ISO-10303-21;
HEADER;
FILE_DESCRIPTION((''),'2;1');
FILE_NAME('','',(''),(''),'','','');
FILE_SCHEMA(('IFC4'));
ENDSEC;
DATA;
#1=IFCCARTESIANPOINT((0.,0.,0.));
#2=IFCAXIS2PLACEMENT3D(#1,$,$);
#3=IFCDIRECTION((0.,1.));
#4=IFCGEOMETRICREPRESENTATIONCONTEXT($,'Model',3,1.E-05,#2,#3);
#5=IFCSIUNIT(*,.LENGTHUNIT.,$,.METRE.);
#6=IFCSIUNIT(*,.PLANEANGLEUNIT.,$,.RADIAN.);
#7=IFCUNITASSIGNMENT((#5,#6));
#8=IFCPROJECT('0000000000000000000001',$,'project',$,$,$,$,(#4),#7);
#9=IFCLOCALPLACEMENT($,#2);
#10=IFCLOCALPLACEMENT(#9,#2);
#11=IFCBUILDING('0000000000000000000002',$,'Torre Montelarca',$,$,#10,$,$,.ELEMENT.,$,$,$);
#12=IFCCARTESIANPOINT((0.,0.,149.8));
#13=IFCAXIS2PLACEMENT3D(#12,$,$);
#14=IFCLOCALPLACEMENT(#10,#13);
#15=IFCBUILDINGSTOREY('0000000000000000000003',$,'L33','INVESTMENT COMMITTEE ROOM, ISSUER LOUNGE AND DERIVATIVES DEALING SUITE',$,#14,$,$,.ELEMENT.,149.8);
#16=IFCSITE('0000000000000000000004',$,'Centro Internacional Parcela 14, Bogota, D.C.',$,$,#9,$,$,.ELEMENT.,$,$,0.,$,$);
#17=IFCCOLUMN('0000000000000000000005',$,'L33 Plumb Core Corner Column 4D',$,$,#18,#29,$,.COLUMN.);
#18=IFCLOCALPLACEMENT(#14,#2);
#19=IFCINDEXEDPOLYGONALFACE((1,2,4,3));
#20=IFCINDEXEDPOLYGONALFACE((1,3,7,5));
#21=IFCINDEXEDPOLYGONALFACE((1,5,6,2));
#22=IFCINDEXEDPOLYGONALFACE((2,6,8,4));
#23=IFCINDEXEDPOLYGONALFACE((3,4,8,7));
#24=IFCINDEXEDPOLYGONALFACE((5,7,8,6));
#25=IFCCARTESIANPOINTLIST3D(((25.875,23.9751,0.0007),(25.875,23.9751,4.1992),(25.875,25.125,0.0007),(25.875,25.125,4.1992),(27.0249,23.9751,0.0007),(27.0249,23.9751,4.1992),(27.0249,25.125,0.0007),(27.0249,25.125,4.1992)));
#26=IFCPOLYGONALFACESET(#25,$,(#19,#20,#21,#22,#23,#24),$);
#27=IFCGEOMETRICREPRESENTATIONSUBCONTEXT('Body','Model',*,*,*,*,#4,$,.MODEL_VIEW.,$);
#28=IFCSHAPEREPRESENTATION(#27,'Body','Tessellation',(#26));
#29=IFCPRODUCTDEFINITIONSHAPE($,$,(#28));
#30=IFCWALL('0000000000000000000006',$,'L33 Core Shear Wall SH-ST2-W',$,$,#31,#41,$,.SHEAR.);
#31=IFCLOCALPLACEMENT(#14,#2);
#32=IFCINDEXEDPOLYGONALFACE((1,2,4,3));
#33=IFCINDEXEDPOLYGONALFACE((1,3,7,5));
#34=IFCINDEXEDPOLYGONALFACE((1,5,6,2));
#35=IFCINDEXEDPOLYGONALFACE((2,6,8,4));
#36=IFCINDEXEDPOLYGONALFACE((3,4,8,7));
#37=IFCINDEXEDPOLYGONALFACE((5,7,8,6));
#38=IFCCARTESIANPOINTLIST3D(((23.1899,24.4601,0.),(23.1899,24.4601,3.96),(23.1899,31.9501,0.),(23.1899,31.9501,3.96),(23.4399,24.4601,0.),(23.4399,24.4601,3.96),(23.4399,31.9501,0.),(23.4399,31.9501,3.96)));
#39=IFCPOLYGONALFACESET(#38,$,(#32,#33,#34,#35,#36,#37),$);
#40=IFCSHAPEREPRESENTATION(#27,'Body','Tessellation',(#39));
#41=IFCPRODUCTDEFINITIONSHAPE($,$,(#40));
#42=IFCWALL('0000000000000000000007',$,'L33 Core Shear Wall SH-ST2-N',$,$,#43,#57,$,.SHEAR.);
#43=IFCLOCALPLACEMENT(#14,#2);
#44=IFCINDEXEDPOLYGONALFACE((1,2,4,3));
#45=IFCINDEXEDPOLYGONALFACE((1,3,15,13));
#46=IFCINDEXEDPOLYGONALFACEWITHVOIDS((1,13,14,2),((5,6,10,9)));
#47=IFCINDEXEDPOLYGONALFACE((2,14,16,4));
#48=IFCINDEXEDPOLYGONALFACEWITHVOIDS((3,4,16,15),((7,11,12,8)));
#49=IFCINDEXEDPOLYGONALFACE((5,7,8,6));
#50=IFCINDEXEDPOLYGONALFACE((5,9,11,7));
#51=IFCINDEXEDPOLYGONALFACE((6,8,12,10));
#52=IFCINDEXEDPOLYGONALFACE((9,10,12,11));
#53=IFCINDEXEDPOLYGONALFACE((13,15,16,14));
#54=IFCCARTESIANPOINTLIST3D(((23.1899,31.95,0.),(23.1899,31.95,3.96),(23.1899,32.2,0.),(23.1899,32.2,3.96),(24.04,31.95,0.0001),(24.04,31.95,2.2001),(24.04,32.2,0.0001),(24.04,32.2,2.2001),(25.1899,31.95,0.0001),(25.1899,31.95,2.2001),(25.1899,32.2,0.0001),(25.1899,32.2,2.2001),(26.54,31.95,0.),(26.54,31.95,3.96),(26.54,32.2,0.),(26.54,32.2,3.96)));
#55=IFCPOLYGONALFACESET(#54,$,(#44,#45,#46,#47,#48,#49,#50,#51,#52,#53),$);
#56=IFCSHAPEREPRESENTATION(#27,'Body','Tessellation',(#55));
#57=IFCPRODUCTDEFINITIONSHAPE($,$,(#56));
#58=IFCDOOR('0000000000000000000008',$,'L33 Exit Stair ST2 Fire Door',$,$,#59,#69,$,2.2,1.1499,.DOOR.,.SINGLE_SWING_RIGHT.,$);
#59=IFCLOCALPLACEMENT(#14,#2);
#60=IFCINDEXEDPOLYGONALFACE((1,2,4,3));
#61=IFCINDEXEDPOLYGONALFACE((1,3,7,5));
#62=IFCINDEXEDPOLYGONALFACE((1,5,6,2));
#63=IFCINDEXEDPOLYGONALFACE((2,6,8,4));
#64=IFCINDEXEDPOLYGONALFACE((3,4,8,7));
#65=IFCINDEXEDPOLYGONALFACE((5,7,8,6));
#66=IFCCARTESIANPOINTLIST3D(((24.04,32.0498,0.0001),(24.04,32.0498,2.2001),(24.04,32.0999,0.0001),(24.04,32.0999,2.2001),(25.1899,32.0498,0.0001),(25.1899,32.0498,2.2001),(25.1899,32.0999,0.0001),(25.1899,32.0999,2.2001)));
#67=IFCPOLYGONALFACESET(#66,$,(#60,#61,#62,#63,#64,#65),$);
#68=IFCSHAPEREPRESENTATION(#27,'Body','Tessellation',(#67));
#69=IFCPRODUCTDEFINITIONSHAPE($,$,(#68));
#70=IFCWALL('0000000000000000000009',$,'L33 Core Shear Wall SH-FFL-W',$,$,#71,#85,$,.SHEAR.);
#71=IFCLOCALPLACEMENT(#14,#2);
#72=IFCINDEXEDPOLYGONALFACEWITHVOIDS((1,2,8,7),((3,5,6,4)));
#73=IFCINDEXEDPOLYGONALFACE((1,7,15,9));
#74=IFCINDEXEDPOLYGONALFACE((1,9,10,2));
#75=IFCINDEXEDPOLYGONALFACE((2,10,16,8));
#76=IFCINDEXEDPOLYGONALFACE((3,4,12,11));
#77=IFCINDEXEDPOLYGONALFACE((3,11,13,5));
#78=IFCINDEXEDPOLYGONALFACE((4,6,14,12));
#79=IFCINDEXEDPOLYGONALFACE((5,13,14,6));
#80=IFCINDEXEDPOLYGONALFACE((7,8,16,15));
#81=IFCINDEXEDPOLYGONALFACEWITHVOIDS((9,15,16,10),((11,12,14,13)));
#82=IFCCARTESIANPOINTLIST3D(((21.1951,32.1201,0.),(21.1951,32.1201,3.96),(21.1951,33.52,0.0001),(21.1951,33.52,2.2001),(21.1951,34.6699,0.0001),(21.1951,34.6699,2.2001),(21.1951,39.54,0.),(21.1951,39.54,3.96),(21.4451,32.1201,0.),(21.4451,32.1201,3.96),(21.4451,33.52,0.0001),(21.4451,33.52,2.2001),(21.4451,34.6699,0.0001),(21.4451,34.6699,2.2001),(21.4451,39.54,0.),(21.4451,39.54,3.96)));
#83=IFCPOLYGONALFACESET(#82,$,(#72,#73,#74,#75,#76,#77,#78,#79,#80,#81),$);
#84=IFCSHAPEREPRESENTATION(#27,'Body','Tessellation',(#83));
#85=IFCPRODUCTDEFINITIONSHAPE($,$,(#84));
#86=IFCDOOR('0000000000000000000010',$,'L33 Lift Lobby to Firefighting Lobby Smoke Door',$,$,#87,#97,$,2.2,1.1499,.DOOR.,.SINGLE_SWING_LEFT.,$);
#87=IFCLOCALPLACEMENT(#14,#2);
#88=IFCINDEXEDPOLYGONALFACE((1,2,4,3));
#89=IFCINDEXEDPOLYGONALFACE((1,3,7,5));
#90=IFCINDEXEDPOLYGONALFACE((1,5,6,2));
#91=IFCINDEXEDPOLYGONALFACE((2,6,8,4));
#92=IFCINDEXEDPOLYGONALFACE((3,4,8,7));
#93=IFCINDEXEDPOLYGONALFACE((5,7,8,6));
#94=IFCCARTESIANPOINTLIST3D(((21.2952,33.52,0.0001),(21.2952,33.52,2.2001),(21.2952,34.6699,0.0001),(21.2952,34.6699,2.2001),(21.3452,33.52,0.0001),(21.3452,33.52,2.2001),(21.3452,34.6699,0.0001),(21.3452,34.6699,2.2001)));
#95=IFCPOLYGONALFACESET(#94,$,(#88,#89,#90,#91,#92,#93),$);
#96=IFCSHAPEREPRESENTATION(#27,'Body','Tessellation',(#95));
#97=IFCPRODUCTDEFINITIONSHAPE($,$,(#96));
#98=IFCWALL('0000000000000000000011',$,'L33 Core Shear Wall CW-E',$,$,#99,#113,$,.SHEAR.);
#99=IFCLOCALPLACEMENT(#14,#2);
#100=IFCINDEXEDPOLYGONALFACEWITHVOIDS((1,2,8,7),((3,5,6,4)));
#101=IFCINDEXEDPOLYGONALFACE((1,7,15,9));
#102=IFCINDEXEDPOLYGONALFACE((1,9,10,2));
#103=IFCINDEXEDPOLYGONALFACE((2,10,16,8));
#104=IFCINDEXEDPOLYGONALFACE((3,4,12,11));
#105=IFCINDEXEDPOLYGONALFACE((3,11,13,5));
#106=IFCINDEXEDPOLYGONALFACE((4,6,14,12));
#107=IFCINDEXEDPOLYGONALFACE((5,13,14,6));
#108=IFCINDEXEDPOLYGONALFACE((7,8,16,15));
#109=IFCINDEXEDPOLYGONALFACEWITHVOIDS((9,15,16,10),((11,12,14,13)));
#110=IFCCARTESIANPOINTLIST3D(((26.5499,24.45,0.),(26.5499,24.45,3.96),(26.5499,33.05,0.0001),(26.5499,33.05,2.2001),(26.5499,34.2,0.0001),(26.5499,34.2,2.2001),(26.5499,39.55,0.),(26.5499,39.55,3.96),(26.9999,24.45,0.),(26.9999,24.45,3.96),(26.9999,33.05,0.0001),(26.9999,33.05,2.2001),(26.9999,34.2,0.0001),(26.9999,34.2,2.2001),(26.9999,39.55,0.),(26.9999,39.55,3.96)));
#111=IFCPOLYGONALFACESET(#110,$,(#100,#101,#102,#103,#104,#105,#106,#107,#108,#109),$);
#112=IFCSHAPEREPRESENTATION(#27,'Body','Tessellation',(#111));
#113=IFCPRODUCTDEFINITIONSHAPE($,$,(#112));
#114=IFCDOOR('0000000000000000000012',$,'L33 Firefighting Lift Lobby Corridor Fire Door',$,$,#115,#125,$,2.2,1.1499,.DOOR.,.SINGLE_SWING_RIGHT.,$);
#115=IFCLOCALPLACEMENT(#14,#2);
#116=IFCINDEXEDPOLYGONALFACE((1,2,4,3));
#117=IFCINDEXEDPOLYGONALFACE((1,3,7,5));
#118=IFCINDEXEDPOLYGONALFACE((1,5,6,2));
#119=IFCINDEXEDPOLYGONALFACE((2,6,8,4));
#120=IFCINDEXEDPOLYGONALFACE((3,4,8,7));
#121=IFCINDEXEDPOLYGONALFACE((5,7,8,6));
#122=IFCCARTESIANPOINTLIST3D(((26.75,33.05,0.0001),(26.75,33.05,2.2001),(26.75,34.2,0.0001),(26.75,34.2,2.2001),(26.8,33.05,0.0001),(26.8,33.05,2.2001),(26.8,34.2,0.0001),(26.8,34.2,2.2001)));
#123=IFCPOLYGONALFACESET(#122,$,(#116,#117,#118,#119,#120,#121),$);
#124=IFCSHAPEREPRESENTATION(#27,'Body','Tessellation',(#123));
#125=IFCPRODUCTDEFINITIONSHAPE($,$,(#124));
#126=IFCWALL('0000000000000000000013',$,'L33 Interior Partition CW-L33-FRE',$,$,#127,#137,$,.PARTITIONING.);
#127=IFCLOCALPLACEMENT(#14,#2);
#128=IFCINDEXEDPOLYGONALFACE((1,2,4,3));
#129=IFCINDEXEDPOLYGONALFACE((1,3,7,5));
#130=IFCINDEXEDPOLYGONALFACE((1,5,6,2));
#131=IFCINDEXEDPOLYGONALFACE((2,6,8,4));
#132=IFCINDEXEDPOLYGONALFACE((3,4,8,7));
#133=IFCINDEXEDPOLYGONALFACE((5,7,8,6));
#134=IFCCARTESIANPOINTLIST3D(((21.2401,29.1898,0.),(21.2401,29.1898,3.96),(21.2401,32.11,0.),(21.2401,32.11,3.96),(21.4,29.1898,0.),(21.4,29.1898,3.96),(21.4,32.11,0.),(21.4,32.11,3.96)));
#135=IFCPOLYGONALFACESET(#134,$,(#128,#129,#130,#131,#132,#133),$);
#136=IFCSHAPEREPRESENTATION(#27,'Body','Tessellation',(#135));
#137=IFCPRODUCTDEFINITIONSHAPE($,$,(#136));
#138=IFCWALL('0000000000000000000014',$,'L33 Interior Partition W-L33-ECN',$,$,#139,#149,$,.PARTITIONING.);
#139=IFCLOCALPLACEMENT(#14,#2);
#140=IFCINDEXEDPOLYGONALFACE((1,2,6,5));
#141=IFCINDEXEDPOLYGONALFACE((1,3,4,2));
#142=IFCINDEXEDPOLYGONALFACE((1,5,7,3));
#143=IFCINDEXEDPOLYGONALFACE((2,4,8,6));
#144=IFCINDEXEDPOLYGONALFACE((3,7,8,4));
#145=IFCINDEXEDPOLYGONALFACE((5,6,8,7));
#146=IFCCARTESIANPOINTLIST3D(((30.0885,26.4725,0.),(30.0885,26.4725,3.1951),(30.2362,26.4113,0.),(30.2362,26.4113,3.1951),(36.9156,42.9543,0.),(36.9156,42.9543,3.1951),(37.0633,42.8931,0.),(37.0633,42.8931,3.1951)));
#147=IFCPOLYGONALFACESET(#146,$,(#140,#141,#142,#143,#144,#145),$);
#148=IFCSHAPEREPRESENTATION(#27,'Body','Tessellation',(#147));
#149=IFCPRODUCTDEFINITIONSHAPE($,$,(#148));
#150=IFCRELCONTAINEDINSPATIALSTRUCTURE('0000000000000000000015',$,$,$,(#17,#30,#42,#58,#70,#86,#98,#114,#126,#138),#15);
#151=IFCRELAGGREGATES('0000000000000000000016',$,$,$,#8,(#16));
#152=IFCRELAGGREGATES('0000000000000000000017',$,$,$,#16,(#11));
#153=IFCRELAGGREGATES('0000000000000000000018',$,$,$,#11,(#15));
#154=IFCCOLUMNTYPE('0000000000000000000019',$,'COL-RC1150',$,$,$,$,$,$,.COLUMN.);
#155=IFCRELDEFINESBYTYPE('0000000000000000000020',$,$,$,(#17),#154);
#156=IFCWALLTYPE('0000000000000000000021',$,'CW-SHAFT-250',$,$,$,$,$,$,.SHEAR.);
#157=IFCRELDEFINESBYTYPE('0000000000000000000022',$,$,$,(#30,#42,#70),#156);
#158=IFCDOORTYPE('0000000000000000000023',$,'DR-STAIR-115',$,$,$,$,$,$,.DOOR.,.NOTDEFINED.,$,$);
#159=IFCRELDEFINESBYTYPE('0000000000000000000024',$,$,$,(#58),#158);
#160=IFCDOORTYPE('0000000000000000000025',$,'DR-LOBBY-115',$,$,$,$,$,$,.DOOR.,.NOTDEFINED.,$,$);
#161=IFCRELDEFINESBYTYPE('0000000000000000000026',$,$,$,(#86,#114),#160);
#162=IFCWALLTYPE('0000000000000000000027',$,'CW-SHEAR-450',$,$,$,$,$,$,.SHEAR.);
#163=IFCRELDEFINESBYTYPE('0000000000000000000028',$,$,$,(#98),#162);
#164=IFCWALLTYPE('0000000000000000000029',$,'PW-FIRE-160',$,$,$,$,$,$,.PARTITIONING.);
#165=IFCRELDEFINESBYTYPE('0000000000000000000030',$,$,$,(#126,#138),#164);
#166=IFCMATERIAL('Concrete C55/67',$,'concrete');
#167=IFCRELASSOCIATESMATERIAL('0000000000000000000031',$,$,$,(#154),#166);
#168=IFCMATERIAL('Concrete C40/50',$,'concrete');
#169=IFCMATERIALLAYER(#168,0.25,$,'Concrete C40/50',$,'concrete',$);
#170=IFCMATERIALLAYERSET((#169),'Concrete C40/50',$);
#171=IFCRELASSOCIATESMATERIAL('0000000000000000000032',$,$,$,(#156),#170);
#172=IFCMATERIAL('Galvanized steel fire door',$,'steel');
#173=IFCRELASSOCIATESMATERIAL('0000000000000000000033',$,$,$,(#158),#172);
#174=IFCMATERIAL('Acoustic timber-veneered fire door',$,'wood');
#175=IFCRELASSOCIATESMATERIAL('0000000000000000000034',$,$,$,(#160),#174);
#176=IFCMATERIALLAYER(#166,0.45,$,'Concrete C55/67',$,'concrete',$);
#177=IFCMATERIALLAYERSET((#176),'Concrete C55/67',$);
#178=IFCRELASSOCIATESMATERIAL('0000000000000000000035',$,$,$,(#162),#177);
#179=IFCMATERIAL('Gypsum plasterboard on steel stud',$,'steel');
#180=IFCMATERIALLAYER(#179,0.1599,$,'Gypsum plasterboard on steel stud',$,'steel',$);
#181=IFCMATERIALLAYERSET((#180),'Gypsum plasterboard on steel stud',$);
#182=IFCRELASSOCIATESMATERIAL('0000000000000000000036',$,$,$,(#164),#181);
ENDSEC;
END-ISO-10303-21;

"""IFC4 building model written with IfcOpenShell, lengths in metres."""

from ifc_helpers import new_model, si_unit, direction, frame, frame_2d, origin, origin_2d, place, context, subcontext, project, spatial, rectangle, extrude, source, transform, mapped, material, layer, layer_set, material_profile, profile_set, type_object, element, fill, save


model = new_model("IFC4")

# Units and contexts
model_context = context("Model", 3, precision=1e-05, world=origin(), true_north=direction((0.0, 1.0)))
body_context = subcontext(model_context, "Body", "Model", "MODEL_VIEW")
ifc_project = project(units=[si_unit("LENGTHUNIT", "METRE"), si_unit("PLANEANGLEUNIT", "RADIAN")], contexts=[model_context])

# Site, building, storey
site_placement = place(None, origin())
site = spatial("IfcSite", under=ifc_project, at=site_placement, Name="Centro Internacional Parcela 14, Bogota, D.C.", CompositionType="ELEMENT", RefElevation=0.0)
building_placement = place(site_placement, origin())
building = spatial("IfcBuilding", under=site, at=building_placement, Name="Torre Montelarca", CompositionType="ELEMENT")
storey_placement = place(building_placement, frame((0.0, 0.0, 149.8)))
storey = spatial("IfcBuildingStorey", under=building, at=storey_placement, Name="L33", Description="INVESTMENT COMMITTEE ROOM, ISSUER LOUNGE AND DERIVATIVES DEALING SUITE", CompositionType="ELEMENT", Elevation=149.8)

# Column
ifc_material_1 = material(Name="Concrete C55/67", Category="concrete")
ifc_material_profile = material_profile(ifc_material_1, rectangle(XDim=1.1499, YDim=1.1499, at=origin_2d()), Name="RC1150X1150", Category="concrete")
ifc_profile_set = profile_set([ifc_material_profile], Name="Concrete C55/67")
column_type = type_object("IfcColumnType", Name="COL-RC1150", PredefinedType="COLUMN", material=ifc_profile_set)
shared_shape_1 = source(origin(), body_context, "Body", "SweptSolid", [
    extrude(rectangle(XDim=1.1499, YDim=1.1499, at=origin_2d()), origin(), (0.0, 0.0, 1.0), 4.1985),
])
column_placement = place(storey_placement, frame((26.45, 24.55, 0.0007), z_axis=(0.0, 0.0, 1.0), x_axis=(1.0, 0.0, 0.0)))
element("IfcColumn", 1, at=column_placement, inside=storey, type_object=column_type, Name="L33 Plumb Core Corner Column 4D", PredefinedType="COLUMN", context=body_context, shape_type="MappedRepresentation", body=[
    mapped(shared_shape_1, transform((0.0, 0.0, 0.0), scale=1.0)),
])

# Wall
ifc_material_2 = material(Name="Concrete C40/50", Category="concrete")
ifc_layer_1 = layer(ifc_material_2, 0.25, Name="Concrete C40/50", Category="concrete")
ifc_layer_set_1 = layer_set([ifc_layer_1], Name="Concrete C40/50")
wall_type_1 = type_object("IfcWallType", Name="CW-SHAFT-250", PredefinedType="SHEAR", material=ifc_layer_set_1)
wall_1_placement = place(storey_placement, frame((23.3149, 24.46, 0.0), z_axis=(0.0, 0.0, 1.0), x_axis=(0.0, 1.0, 0.0)))
element("IfcWall", 2, at=wall_1_placement, inside=storey, type_object=wall_type_1, Name="L33 Core Shear Wall SH-ST2-W", PredefinedType="SHEAR", context=body_context, shape_type="SweptSolid", body=[
    extrude(rectangle(XDim=7.49, YDim=0.25, at=frame_2d((3.7451, 0.0))), origin(), (0.0, 0.0, 1.0), 3.96),
])

# Walls, openings, doors
wall_2_placement = place(storey_placement, frame((23.1899, 32.075, 0.0), z_axis=(0.0, 0.0, 1.0), x_axis=(1.0, 0.0, 0.0)))
wall_2 = element("IfcWall", 3, at=wall_2_placement, inside=storey, type_object=wall_type_1, Name="L33 Core Shear Wall SH-ST2-N", PredefinedType="SHEAR", context=body_context, shape_type="SweptSolid", body=[
    extrude(rectangle(XDim=3.3501, YDim=0.25, at=frame_2d((1.675, 0.0))), origin(), (0.0, 0.0, 1.0), 3.96),
])
opening_1_placement = place(wall_2_placement, frame((0.8501, 0.0, 0.0)))
opening_1 = element("IfcOpeningElement", 4, at=opening_1_placement, cuts=wall_2, PredefinedType="OPENING", context=body_context, shape_type="SweptSolid", body=[
    extrude(rectangle(XDim=1.1499, YDim=2.2, at=frame_2d((0.575, 1.1001))), frame((0.0, 0.135, 0.0), z_axis=(0.0, -1.0, 0.0), x_axis=(1.0, 0.0, 0.0)), (0.0, 0.0, 1.0), 0.27),
])
ifc_material_3 = material(Name="Galvanized steel fire door", Category="steel")
door_type_1 = type_object("IfcDoorType", Name="DR-STAIR-115", OperationType="NOTDEFINED", PredefinedType="DOOR", material=ifc_material_3)
shared_shape_2 = source(origin(), body_context, "Body", "SweptSolid", [
    extrude(rectangle(XDim=1.1499, YDim=2.2, at=frame_2d((0.575, 1.1001))), frame((0.0, 0.0249, 0.0), z_axis=(0.0, -1.0, 0.0), x_axis=(1.0, 0.0, 0.0)), (0.0, 0.0, 1.0), 0.05),
])
door_1_placement = place(opening_1_placement, origin())
door_1 = element("IfcDoor", 5, at=door_1_placement, inside=storey, type_object=door_type_1, Name="L33 Exit Stair ST2 Fire Door", OperationType="SINGLE_SWING_RIGHT", OverallHeight=2.2, OverallWidth=1.1499, PredefinedType="DOOR", context=body_context, shape_type="MappedRepresentation", body=[
    mapped(shared_shape_2, transform((0.0, 0.0, 0.0), scale=1.0)),
])
fill(opening_1, door_1)
wall_3_placement = place(storey_placement, frame((21.3201, 32.1201, 0.0), z_axis=(0.0, 0.0, 1.0), x_axis=(0.0, 1.0, 0.0)))
wall_3 = element("IfcWall", 6, at=wall_3_placement, inside=storey, type_object=wall_type_1, Name="L33 Core Shear Wall SH-FFL-W", PredefinedType="SHEAR", context=body_context, shape_type="SweptSolid", body=[
    extrude(rectangle(XDim=7.4199, YDim=0.25, at=frame_2d((3.71, 0.0))), origin(), (0.0, 0.0, 1.0), 3.96),
])
opening_2_placement = place(wall_3_placement, frame((1.3999, 0.0, 0.0)))
opening_2 = element("IfcOpeningElement", 7, at=opening_2_placement, cuts=wall_3, PredefinedType="OPENING", context=body_context, shape_type="SweptSolid", body=[
    extrude(rectangle(XDim=1.1499, YDim=2.2, at=frame_2d((0.575, 1.1001))), frame((0.0, 0.135, 0.0), z_axis=(0.0, -1.0, 0.0), x_axis=(1.0, 0.0, 0.0)), (0.0, 0.0, 1.0), 0.27),
])
ifc_material_4 = material(Name="Acoustic timber-veneered fire door", Category="wood")
door_type_2 = type_object("IfcDoorType", Name="DR-LOBBY-115", OperationType="NOTDEFINED", PredefinedType="DOOR", material=ifc_material_4)
shared_shape_3 = source(origin(), body_context, "Body", "SweptSolid", [
    extrude(rectangle(XDim=1.1499, YDim=2.2, at=frame_2d((0.575, 1.1001))), frame((0.0, 0.0249, 0.0), z_axis=(0.0, -1.0, 0.0), x_axis=(1.0, 0.0, 0.0)), (0.0, 0.0, 1.0), 0.05),
])
door_2_placement = place(opening_2_placement, origin())
door_2 = element("IfcDoor", 8, at=door_2_placement, inside=storey, type_object=door_type_2, Name="L33 Lift Lobby to Firefighting Lobby Smoke Door", OperationType="SINGLE_SWING_LEFT", OverallHeight=2.2, OverallWidth=1.1499, PredefinedType="DOOR", context=body_context, shape_type="MappedRepresentation", body=[
    mapped(shared_shape_3, transform((0.0, 0.0, 0.0), scale=1.0)),
])
fill(opening_2, door_2)
ifc_layer_2 = layer(ifc_material_1, 0.45, Name="Concrete C55/67", Category="concrete")
ifc_layer_set_2 = layer_set([ifc_layer_2], Name="Concrete C55/67")
wall_type_2 = type_object("IfcWallType", Name="CW-SHEAR-450", PredefinedType="SHEAR", material=ifc_layer_set_2)
wall_4_placement = place(storey_placement, frame((26.7749, 24.45, 0.0), z_axis=(0.0, 0.0, 1.0), x_axis=(0.0, 1.0, 0.0)))
wall_4 = element("IfcWall", 9, at=wall_4_placement, inside=storey, type_object=wall_type_2, Name="L33 Core Shear Wall CW-E", PredefinedType="SHEAR", context=body_context, shape_type="SweptSolid", body=[
    extrude(rectangle(XDim=15.1001, YDim=0.45, at=frame_2d((7.55, 0.0))), origin(), (0.0, 0.0, 1.0), 3.96),
])
opening_3_placement = place(wall_4_placement, frame((8.6001, 0.0, 0.0)))
opening_3 = element("IfcOpeningElement", 10, at=opening_3_placement, cuts=wall_4, PredefinedType="OPENING", context=body_context, shape_type="SweptSolid", body=[
    extrude(rectangle(XDim=1.1499, YDim=2.2, at=frame_2d((0.575, 1.1001))), frame((0.0, 0.2349, 0.0), z_axis=(0.0, -1.0, 0.0), x_axis=(1.0, 0.0, 0.0)), (0.0, 0.0, 1.0), 0.47),
])
door_3_placement = place(opening_3_placement, origin())
door_3 = element("IfcDoor", 11, at=door_3_placement, inside=storey, type_object=door_type_2, Name="L33 Firefighting Lift Lobby Corridor Fire Door", OperationType="SINGLE_SWING_RIGHT", OverallHeight=2.2, OverallWidth=1.1499, PredefinedType="DOOR", context=body_context, shape_type="MappedRepresentation", body=[
    mapped(shared_shape_3, transform((0.0, 0.0, 0.0), scale=1.0)),
])
fill(opening_3, door_3)

# Walls
ifc_material_5 = material(Name="Gypsum plasterboard on steel stud", Category="steel")
ifc_layer_3 = layer(ifc_material_5, 0.1599, Name="Gypsum plasterboard on steel stud", Category="steel")
ifc_layer_set_3 = layer_set([ifc_layer_3], Name="Gypsum plasterboard on steel stud")
wall_type_3 = type_object("IfcWallType", Name="PW-FIRE-160", PredefinedType="PARTITIONING", material=ifc_layer_set_3)
wall_5_placement = place(storey_placement, frame((21.3201, 29.1899, 0.0), z_axis=(0.0, 0.0, 1.0), x_axis=(0.0, 1.0, 0.0)))
element("IfcWall", 12, at=wall_5_placement, inside=storey, type_object=wall_type_3, Name="L33 Interior Partition CW-L33-FRE", PredefinedType="PARTITIONING", context=body_context, shape_type="SweptSolid", body=[
    extrude(rectangle(XDim=2.9202, YDim=0.1599, at=frame_2d((1.46, 0.0))), origin(), (0.0, 0.0, 1.0), 3.96),
])
wall_6_placement = place(storey_placement, frame((30.1624, 26.4419, 0.0), z_axis=(0.0, 0.0, 1.0), x_axis=(0.382689, 0.923877, 0.0)))
element("IfcWall", 13, at=wall_6_placement, inside=storey, type_object=wall_type_3, Name="L33 Interior Partition W-L33-ECN", PredefinedType="PARTITIONING", context=body_context, shape_type="SweptSolid", body=[
    extrude(rectangle(XDim=17.8398, YDim=0.1599, at=frame_2d((8.9199, 0.0))), origin(), (0.0, 0.0, 1.0), 3.1951),
])

save(model, "model.ifc")
